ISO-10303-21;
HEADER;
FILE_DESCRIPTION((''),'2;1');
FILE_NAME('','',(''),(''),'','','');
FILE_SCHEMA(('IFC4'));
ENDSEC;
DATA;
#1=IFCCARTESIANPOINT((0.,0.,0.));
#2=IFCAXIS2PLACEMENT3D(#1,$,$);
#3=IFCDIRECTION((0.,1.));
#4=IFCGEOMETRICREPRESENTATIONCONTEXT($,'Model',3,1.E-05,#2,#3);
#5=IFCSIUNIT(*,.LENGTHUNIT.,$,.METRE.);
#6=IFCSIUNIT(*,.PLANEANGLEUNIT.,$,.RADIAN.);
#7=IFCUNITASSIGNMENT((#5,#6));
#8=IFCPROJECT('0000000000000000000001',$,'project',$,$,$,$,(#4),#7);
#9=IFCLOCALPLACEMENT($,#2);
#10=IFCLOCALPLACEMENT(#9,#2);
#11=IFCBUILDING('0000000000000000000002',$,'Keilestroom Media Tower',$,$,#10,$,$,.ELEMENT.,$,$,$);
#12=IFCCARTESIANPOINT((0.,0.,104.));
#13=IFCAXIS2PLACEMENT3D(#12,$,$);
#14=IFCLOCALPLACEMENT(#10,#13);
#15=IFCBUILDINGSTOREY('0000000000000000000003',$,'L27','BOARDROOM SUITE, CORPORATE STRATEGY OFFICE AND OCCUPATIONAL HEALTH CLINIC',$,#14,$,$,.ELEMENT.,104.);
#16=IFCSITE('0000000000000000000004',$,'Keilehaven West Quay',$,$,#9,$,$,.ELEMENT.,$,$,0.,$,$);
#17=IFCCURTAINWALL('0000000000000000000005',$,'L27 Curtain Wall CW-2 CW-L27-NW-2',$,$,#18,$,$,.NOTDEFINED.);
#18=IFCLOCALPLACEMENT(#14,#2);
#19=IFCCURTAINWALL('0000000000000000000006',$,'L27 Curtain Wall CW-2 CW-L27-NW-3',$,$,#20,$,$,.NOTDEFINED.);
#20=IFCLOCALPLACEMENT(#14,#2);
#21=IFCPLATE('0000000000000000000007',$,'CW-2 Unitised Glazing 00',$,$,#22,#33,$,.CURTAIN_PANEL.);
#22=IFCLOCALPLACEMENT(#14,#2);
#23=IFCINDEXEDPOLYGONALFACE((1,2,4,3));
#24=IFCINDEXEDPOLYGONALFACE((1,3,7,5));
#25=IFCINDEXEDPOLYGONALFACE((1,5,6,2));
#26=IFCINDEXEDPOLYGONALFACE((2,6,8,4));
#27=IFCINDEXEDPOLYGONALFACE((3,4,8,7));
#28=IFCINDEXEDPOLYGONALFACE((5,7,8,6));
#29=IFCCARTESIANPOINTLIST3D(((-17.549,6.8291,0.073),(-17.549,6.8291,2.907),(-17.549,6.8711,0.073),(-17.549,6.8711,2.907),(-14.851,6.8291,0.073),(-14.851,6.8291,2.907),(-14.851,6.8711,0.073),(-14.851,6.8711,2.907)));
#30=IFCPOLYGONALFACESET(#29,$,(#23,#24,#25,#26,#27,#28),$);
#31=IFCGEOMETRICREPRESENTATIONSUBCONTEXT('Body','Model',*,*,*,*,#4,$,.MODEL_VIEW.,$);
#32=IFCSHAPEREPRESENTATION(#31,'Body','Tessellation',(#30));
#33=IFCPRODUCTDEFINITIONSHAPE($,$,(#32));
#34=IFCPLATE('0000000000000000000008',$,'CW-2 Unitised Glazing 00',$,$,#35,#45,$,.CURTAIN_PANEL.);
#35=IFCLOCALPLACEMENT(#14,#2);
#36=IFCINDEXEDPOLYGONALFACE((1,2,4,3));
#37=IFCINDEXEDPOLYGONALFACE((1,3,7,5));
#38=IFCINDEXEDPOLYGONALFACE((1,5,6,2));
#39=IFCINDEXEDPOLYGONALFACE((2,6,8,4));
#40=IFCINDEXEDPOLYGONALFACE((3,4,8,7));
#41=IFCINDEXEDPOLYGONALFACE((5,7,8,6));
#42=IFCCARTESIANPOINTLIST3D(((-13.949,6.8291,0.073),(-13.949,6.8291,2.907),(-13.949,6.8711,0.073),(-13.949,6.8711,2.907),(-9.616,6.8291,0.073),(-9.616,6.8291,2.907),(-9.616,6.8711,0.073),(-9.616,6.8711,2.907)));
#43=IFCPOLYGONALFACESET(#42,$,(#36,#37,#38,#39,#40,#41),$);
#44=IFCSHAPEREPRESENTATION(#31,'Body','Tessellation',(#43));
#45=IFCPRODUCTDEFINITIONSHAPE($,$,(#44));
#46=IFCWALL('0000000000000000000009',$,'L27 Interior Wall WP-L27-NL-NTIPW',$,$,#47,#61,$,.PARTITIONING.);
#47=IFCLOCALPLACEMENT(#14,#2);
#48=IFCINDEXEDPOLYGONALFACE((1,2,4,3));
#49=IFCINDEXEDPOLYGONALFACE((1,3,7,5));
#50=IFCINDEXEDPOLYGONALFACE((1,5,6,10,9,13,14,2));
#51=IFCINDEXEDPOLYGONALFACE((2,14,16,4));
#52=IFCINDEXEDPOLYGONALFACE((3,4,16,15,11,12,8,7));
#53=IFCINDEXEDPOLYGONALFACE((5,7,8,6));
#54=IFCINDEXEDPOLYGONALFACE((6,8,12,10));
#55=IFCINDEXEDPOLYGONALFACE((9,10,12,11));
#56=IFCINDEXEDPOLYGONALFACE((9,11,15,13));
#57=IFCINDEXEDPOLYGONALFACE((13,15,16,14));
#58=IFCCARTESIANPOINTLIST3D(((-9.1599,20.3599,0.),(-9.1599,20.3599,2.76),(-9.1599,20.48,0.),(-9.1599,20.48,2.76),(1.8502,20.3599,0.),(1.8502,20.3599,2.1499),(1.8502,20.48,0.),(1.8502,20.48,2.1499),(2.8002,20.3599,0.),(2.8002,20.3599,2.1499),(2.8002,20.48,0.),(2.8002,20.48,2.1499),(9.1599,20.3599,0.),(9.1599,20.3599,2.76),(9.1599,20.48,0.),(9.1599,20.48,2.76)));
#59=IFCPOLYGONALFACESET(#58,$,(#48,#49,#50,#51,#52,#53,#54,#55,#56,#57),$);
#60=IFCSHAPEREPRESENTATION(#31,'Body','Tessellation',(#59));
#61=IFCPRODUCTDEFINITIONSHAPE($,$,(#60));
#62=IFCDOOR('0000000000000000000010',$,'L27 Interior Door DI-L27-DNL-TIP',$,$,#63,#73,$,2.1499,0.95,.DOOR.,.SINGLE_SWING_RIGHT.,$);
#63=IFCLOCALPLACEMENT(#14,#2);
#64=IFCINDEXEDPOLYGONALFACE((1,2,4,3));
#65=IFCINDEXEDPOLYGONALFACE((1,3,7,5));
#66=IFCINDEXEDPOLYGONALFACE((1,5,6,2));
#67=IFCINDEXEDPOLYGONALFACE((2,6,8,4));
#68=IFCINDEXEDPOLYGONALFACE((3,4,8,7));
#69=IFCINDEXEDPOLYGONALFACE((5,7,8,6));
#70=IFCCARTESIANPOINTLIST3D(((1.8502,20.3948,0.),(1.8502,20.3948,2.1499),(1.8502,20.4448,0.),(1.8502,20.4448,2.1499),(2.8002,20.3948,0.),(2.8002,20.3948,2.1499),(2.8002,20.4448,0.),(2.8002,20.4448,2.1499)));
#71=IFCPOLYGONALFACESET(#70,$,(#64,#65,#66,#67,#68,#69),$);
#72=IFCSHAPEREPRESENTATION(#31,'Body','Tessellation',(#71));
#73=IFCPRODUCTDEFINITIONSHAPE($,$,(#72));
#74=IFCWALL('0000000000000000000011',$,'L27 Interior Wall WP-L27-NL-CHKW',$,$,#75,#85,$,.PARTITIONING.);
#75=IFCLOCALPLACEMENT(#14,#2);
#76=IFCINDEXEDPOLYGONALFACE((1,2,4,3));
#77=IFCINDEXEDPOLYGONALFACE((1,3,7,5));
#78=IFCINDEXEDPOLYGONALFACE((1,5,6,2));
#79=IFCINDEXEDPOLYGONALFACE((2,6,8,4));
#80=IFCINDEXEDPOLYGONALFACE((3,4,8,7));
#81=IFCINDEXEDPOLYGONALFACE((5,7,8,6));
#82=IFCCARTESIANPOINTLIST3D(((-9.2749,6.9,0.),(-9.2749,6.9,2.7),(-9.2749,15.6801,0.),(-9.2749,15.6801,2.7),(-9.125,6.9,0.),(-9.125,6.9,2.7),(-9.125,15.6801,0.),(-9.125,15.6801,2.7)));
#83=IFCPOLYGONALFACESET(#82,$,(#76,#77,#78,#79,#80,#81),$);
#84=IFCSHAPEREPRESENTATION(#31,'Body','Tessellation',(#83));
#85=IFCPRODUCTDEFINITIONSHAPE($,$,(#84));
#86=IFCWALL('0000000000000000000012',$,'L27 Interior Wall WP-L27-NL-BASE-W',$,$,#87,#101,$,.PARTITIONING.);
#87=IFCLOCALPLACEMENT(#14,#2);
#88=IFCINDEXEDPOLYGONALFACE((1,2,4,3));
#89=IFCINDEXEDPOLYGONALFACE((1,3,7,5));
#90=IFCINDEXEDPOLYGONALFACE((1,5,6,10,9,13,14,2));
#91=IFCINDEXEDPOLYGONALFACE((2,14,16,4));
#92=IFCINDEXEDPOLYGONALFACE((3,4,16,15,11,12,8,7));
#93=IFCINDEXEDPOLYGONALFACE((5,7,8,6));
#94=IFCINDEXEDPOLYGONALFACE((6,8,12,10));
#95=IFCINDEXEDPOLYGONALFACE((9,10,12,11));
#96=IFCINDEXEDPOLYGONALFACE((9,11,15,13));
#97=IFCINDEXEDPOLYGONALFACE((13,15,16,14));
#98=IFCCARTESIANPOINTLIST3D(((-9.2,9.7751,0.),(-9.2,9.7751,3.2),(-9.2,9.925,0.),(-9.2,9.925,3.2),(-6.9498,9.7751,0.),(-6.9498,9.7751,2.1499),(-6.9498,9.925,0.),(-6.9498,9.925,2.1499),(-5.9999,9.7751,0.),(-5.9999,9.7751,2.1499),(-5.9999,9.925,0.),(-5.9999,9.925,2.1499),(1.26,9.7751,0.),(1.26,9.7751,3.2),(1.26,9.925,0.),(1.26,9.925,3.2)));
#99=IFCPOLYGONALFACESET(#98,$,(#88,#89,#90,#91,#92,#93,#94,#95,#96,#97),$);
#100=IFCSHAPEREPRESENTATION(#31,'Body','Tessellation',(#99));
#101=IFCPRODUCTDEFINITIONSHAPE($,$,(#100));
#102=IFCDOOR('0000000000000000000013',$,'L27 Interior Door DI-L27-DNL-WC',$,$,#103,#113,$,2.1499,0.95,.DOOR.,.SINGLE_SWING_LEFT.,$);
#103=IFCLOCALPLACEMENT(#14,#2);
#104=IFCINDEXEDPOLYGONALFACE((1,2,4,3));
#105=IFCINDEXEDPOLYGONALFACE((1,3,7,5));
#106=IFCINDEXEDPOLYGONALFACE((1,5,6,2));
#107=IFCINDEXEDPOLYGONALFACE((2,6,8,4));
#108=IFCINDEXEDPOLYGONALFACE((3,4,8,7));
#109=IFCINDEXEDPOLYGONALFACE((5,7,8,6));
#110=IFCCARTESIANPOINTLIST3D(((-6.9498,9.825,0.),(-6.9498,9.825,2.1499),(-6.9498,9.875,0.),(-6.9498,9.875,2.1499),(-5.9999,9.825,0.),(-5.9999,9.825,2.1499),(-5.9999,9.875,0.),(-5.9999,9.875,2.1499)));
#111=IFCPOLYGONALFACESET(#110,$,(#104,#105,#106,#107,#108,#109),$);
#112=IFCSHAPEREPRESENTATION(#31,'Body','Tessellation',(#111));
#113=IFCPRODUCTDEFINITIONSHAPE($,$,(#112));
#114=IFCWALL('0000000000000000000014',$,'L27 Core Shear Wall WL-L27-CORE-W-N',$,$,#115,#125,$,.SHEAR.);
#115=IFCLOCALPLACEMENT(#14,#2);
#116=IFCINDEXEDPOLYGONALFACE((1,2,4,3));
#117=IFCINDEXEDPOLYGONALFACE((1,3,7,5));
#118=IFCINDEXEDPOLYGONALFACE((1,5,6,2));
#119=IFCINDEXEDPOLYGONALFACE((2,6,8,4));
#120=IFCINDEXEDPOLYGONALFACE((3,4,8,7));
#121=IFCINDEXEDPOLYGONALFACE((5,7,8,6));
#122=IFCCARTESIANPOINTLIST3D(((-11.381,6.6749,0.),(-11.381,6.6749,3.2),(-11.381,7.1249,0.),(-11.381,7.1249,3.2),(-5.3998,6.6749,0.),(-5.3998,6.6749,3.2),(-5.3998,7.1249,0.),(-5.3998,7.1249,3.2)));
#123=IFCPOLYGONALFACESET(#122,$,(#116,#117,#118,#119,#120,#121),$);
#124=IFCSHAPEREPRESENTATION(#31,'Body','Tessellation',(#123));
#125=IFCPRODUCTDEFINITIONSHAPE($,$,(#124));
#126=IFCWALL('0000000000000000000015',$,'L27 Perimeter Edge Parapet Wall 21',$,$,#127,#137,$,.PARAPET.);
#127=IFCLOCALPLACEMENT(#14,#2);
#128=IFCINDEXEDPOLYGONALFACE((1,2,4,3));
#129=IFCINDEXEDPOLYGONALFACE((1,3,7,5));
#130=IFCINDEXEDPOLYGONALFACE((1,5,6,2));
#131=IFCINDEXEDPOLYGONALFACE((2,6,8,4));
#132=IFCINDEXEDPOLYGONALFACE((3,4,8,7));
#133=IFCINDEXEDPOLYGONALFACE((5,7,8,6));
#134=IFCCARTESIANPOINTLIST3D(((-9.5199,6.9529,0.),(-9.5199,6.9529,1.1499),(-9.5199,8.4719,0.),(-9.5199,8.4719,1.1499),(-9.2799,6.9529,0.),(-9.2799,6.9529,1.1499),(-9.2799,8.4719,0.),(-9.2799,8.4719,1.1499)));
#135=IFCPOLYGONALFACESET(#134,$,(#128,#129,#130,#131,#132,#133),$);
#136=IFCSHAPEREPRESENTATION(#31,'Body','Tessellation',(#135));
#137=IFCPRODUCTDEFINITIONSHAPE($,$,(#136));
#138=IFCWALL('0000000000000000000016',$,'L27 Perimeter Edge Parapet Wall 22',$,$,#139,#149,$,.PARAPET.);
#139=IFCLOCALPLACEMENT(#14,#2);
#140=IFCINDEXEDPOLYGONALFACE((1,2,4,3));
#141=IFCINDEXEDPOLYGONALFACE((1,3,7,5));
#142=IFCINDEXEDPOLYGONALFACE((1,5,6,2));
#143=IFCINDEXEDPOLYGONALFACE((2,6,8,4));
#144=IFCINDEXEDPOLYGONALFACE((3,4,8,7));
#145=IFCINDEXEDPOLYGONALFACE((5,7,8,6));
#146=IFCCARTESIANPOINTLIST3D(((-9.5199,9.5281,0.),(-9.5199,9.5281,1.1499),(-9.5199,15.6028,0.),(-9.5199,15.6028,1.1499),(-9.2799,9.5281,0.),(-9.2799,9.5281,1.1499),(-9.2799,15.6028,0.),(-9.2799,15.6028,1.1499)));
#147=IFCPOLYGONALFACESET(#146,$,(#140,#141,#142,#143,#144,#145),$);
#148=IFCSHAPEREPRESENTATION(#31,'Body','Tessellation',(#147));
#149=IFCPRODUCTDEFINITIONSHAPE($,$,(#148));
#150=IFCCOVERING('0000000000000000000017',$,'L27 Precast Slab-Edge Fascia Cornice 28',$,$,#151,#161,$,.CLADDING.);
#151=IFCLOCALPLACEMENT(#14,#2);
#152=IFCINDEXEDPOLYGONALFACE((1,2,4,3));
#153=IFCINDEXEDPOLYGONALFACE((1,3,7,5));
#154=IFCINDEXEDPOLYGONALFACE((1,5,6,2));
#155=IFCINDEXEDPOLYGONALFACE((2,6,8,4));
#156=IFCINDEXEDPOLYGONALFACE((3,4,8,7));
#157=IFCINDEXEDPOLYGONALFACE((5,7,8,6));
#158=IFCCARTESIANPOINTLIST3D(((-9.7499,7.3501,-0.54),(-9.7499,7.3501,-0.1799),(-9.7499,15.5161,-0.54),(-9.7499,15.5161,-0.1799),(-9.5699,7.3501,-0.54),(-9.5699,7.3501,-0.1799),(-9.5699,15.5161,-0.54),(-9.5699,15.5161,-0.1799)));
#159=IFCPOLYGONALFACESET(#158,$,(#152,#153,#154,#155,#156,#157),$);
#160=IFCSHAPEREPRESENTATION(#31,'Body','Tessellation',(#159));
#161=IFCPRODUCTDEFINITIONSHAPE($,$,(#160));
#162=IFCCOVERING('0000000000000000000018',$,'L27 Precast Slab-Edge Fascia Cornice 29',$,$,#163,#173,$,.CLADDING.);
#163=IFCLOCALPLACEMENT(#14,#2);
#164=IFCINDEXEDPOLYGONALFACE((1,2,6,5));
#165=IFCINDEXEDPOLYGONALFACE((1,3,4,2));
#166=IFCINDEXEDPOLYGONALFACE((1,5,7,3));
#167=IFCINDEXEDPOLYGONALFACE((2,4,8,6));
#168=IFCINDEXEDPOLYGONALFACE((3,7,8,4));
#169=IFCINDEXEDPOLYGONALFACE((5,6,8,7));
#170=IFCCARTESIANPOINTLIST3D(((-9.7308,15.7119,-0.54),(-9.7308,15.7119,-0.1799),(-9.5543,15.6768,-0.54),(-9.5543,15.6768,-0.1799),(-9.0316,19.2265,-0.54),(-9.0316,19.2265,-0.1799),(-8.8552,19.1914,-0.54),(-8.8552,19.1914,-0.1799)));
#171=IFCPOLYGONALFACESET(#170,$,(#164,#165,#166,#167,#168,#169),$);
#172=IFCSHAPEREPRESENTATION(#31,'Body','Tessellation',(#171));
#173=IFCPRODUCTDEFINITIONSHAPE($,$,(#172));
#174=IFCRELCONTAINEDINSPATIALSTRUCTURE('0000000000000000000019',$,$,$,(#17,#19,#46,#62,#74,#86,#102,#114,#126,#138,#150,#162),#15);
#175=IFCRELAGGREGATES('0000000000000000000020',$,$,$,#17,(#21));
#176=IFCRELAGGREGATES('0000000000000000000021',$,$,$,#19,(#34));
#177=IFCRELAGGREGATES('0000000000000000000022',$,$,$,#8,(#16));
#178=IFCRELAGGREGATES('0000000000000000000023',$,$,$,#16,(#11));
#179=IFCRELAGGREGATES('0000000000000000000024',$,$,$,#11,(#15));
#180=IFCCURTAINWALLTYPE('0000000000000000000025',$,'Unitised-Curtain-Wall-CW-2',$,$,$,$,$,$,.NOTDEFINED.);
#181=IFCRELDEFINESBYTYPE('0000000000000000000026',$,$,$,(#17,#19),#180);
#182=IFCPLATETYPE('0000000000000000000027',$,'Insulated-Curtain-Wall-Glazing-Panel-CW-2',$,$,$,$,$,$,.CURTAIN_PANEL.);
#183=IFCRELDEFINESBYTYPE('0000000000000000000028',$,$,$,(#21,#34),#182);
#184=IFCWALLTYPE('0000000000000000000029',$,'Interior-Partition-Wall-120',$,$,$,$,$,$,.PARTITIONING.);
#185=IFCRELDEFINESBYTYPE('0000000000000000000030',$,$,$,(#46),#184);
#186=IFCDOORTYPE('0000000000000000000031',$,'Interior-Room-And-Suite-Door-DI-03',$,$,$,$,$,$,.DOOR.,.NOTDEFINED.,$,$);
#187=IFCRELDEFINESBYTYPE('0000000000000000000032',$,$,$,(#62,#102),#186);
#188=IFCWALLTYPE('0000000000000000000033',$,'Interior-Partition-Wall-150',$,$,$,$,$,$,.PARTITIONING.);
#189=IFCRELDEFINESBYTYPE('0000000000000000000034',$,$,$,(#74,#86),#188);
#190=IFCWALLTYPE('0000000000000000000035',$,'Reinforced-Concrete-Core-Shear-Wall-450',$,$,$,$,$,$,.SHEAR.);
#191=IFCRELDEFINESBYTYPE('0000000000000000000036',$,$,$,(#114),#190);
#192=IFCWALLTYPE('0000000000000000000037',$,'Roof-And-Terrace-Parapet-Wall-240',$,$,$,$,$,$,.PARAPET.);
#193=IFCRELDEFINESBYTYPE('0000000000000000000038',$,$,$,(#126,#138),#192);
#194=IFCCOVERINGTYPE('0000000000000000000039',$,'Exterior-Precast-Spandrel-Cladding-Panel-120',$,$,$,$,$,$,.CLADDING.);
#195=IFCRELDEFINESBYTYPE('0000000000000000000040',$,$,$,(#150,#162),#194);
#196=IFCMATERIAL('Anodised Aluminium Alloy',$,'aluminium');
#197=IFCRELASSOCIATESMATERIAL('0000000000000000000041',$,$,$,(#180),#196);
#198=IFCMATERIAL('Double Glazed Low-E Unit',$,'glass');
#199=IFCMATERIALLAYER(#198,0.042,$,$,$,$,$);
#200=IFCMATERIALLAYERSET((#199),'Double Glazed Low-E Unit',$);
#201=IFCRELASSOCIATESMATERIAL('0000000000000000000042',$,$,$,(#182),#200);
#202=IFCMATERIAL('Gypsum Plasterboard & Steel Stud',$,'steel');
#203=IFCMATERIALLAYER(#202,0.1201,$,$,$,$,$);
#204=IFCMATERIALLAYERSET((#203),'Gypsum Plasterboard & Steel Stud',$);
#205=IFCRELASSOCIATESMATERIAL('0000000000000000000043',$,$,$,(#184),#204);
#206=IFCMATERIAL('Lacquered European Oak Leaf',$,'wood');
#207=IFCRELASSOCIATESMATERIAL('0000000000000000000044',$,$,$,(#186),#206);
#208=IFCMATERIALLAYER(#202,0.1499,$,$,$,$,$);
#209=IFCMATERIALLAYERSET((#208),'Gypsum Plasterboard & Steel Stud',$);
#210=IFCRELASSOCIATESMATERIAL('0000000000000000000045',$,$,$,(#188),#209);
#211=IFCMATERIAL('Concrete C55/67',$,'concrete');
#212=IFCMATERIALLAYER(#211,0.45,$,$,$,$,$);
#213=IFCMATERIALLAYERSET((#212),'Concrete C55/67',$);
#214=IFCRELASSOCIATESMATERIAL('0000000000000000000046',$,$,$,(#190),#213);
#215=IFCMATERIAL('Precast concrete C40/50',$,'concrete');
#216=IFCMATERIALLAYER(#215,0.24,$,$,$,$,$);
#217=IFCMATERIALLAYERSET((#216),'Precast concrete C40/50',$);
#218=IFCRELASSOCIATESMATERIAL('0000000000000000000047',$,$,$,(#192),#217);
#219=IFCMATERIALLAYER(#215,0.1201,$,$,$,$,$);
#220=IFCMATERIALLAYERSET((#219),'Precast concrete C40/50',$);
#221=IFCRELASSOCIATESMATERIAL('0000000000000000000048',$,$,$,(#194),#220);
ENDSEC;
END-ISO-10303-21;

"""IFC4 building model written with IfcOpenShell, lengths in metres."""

from ifc_helpers import new_model, si_unit, direction, frame, frame_2d, origin, origin_2d, place, context, subcontext, project, spatial, rectangle, extrude, source, transform, mapped, material, layer, layer_set, type_object, element, fill, aggregate, save


model = new_model("IFC4")

# Units and contexts
model_context = context("Model", 3, precision=1e-05, world=origin(), true_north=direction((0.0, 1.0)))
body_context = subcontext(model_context, "Body", "Model", "MODEL_VIEW")
ifc_project = project(units=[si_unit("LENGTHUNIT", "METRE"), si_unit("PLANEANGLEUNIT", "RADIAN")], contexts=[model_context])

# Site, building, storey
site_placement = place(None, origin())
site = spatial("IfcSite", under=ifc_project, at=site_placement, Name="Keilehaven West Quay", CompositionType="ELEMENT", RefElevation=0.0)
building_placement = place(site_placement, origin())
building = spatial("IfcBuilding", under=site, at=building_placement, Name="Keilestroom Media Tower", CompositionType="ELEMENT")
storey_placement = place(building_placement, frame((0.0, 0.0, 104.0)))
storey = spatial("IfcBuildingStorey", under=building, at=storey_placement, Name="L27", Description="BOARDROOM SUITE, CORPORATE STRATEGY OFFICE AND OCCUPATIONAL HEALTH CLINIC", CompositionType="ELEMENT", Elevation=104.0)

# Shared definitions
ifc_material_1 = material(Name="Precast concrete C40/50", Category="concrete")
ifc_material_2 = material(Name="Concrete C55/67", Category="concrete")

# Shared definitions
ifc_material_3 = material(Name="Anodised Aluminium Alloy", Category="aluminium")
curtain_wall_type = type_object("IfcCurtainWallType", Name="Unitised-Curtain-Wall-CW-2", PredefinedType="NOTDEFINED", material=ifc_material_3)

# Curtain walls
curtain_wall_1_placement = place(storey_placement, origin())
curtain_wall_1 = element("IfcCurtainWall", 1, at=curtain_wall_1_placement, inside=storey, type_object=curtain_wall_type, Name="L27 Curtain Wall CW-2 CW-L27-NW-2", PredefinedType="NOTDEFINED")
curtain_wall_2_placement = place(storey_placement, origin())
curtain_wall_2 = element("IfcCurtainWall", 2, at=curtain_wall_2_placement, inside=storey, type_object=curtain_wall_type, Name="L27 Curtain Wall CW-2 CW-L27-NW-3", PredefinedType="NOTDEFINED")

# Plates
ifc_material_4 = material(Name="Double Glazed Low-E Unit", Category="glass")
ifc_layer_1 = layer(ifc_material_4, 0.042)
ifc_layer_set_1 = layer_set([ifc_layer_1], Name="Double Glazed Low-E Unit")
plate_type = type_object("IfcPlateType", Name="Insulated-Curtain-Wall-Glazing-Panel-CW-2", PredefinedType="CURTAIN_PANEL", material=ifc_layer_set_1)
shared_shape_1 = source(origin(), body_context, "Body", "SweptSolid", [
    extrude(rectangle(XDim=2.698, YDim=0.042, at=origin_2d()), origin(), (0.0, 0.0, 1.0), 2.834),
])
plate_1_placement = place(storey_placement, frame((-16.2, 6.8501, 0.073), z_axis=(0.0, 0.0, 1.0), x_axis=(1.0, 0.0, 0.0)))
plate_1 = element("IfcPlate", 3, at=plate_1_placement, type_object=plate_type, Name="CW-2 Unitised Glazing 00", PredefinedType="CURTAIN_PANEL", context=body_context, shape_type="MappedRepresentation", body=[
    mapped(shared_shape_1, transform((0.0, 0.0, 0.0), x_axis=(1.0, 0.0, 0.0), y_axis=(0.0, 1.0, 0.0), z_axis=(0.0, 0.0, 1.0), scale=1.0)),
])
aggregate(curtain_wall_1, [plate_1])
shared_shape_2 = source(origin(), body_context, "Body", "SweptSolid", [
    extrude(rectangle(XDim=4.333, YDim=0.042, at=origin_2d()), origin(), (0.0, 0.0, 1.0), 2.834),
])
plate_2_placement = place(storey_placement, frame((-11.7825, 6.8501, 0.073), z_axis=(0.0, 0.0, 1.0), x_axis=(1.0, 0.0, 0.0)))
plate_2 = element("IfcPlate", 4, at=plate_2_placement, type_object=plate_type, Name="CW-2 Unitised Glazing 00", PredefinedType="CURTAIN_PANEL", context=body_context, shape_type="MappedRepresentation", body=[
    mapped(shared_shape_2, transform((0.0, 0.0, 0.0), x_axis=(1.0, 0.0, 0.0), y_axis=(0.0, 1.0, 0.0), z_axis=(0.0, 0.0, 1.0), scale=1.0)),
])
aggregate(curtain_wall_2, [plate_2])

# Wall, opening, door
ifc_material_5 = material(Name="Gypsum Plasterboard & Steel Stud", Category="steel")
ifc_layer_2 = layer(ifc_material_5, 0.1201)
ifc_layer_set_2 = layer_set([ifc_layer_2], Name="Gypsum Plasterboard & Steel Stud")
wall_type_1 = type_object("IfcWallType", Name="Interior-Partition-Wall-120", PredefinedType="PARTITIONING", material=ifc_layer_set_2)
wall_1_placement = place(storey_placement, frame((-9.1599, 20.4199, 0.0), z_axis=(0.0, 0.0, 1.0), x_axis=(1.0, 0.0, 0.0)))
wall_1 = element("IfcWall", 5, at=wall_1_placement, inside=storey, type_object=wall_type_1, Name="L27 Interior Wall WP-L27-NL-NTIPW", PredefinedType="PARTITIONING", context=body_context, shape_type="SweptSolid", body=[
    extrude(rectangle(XDim=18.3198, YDim=0.1201, at=frame_2d((9.1599, 0.0))), origin(), (0.0, 0.0, 1.0), 2.76),
])
opening_1_placement = place(wall_1_placement, frame((11.01, 0.0, 0.0)))
opening_1 = element("IfcOpeningElement", 6, at=opening_1_placement, cuts=wall_1, PredefinedType="OPENING", context=body_context, shape_type="SweptSolid", body=[
    extrude(rectangle(XDim=0.95, YDim=2.1499, at=frame_2d((0.4751, 1.075))), frame((0.0, 0.0701, 0.0), z_axis=(0.0, -1.0, 0.0), x_axis=(1.0, 0.0, 0.0)), (0.0, 0.0, 1.0), 0.1401),
])
ifc_material_6 = material(Name="Lacquered European Oak Leaf", Category="wood")
door_type = type_object("IfcDoorType", Name="Interior-Room-And-Suite-Door-DI-03", OperationType="NOTDEFINED", PredefinedType="DOOR", material=ifc_material_6)
shared_shape_3 = source(origin(), body_context, "Body", "SweptSolid", [
    extrude(rectangle(XDim=0.95, YDim=2.1499, at=frame_2d((0.4751, 1.075))), frame((0.0, 0.0249, 0.0), z_axis=(0.0, -1.0, 0.0), x_axis=(1.0, 0.0, 0.0)), (0.0, 0.0, 1.0), 0.05),
])
door_1_placement = place(opening_1_placement, origin())
door_1 = element("IfcDoor", 7, at=door_1_placement, inside=storey, type_object=door_type, Name="L27 Interior Door DI-L27-DNL-TIP", OperationType="SINGLE_SWING_RIGHT", OverallHeight=2.1499, OverallWidth=0.95, PredefinedType="DOOR", context=body_context, shape_type="MappedRepresentation", body=[
    mapped(shared_shape_3, transform((0.0, 0.0, 0.0), x_axis=(1.0, 0.0, 0.0), y_axis=(0.0, 1.0, 0.0), z_axis=(0.0, 0.0, 1.0), scale=1.0)),
])
fill(opening_1, door_1)

# Wall
ifc_layer_3 = layer(ifc_material_5, 0.1499)
ifc_layer_set_3 = layer_set([ifc_layer_3], Name="Gypsum Plasterboard & Steel Stud")
wall_type_2 = type_object("IfcWallType", Name="Interior-Partition-Wall-150", PredefinedType="PARTITIONING", material=ifc_layer_set_3)
wall_2_placement = place(storey_placement, frame((-9.2, 6.8999, 0.0), z_axis=(0.0, 0.0, 1.0), x_axis=(0.0, 1.0, 0.0)))
element("IfcWall", 8, at=wall_2_placement, inside=storey, type_object=wall_type_2, Name="L27 Interior Wall WP-L27-NL-CHKW", PredefinedType="PARTITIONING", context=body_context, shape_type="SweptSolid", body=[
    extrude(rectangle(XDim=8.78, YDim=0.1499, at=frame_2d((4.3901, 0.0))), origin(), (0.0, 0.0, 1.0), 2.7),
])

# Wall, opening, door
wall_3_placement = place(storey_placement, frame((-9.2, 9.8501, 0.0), z_axis=(0.0, 0.0, 1.0), x_axis=(1.0, 0.0, 0.0)))
wall_3 = element("IfcWall", 9, at=wall_3_placement, inside=storey, type_object=wall_type_2, Name="L27 Interior Wall WP-L27-NL-BASE-W", PredefinedType="PARTITIONING", context=body_context, shape_type="SweptSolid", body=[
    extrude(rectangle(XDim=10.46, YDim=0.1499, at=frame_2d((5.23, 0.0))), origin(), (0.0, 0.0, 1.0), 3.2),
])
opening_2_placement = place(wall_3_placement, frame((2.25, 0.0, 0.0)))
opening_2 = element("IfcOpeningElement", 10, at=opening_2_placement, cuts=wall_3, PredefinedType="OPENING", context=body_context, shape_type="SweptSolid", body=[
    extrude(rectangle(XDim=0.95, YDim=2.1499, at=frame_2d((0.4751, 1.075))), frame((0.0, 0.085, 0.0), z_axis=(0.0, -1.0, 0.0), x_axis=(1.0, 0.0, 0.0)), (0.0, 0.0, 1.0), 0.1699),
])
door_2_placement = place(opening_2_placement, origin())
door_2 = element("IfcDoor", 11, at=door_2_placement, inside=storey, type_object=door_type, Name="L27 Interior Door DI-L27-DNL-WC", OperationType="SINGLE_SWING_LEFT", OverallHeight=2.1499, OverallWidth=0.95, PredefinedType="DOOR", context=body_context, shape_type="MappedRepresentation", body=[
    mapped(shared_shape_3, transform((0.0, 0.0, 0.0), x_axis=(1.0, 0.0, 0.0), y_axis=(0.0, 1.0, 0.0), z_axis=(0.0, 0.0, 1.0), scale=1.0)),
])
fill(opening_2, door_2)

# Walls
ifc_layer_4 = layer(ifc_material_2, 0.45)
ifc_layer_set_4 = layer_set([ifc_layer_4], Name="Concrete C55/67")
wall_type_3 = type_object("IfcWallType", Name="Reinforced-Concrete-Core-Shear-Wall-450", PredefinedType="SHEAR", material=ifc_layer_set_4)
wall_4_placement = place(storey_placement, frame((-11.3811, 6.8999, 0.0), z_axis=(0.0, 0.0, 1.0), x_axis=(1.0, 0.0, 0.0)))
element("IfcWall", 12, at=wall_4_placement, inside=storey, type_object=wall_type_3, Name="L27 Core Shear Wall WL-L27-CORE-W-N", PredefinedType="SHEAR", context=body_context, shape_type="SweptSolid", body=[
    extrude(rectangle(XDim=5.9812, YDim=0.45, at=frame_2d((2.9907, 0.0))), origin(), (0.0, 0.0, 1.0), 3.2),
])
ifc_layer_5 = layer(ifc_material_1, 0.24)
ifc_layer_set_5 = layer_set([ifc_layer_5], Name="Precast concrete C40/50")
wall_type_4 = type_object("IfcWallType", Name="Roof-And-Terrace-Parapet-Wall-240", PredefinedType="PARAPET", material=ifc_layer_set_5)
wall_5_placement = place(storey_placement, frame((-9.3999, 6.9529, 0.0), z_axis=(0.0, 0.0, 1.0), x_axis=(0.0, 1.0, 0.0)))
element("IfcWall", 13, at=wall_5_placement, inside=storey, type_object=wall_type_4, Name="L27 Perimeter Edge Parapet Wall 21", PredefinedType="PARAPET", context=body_context, shape_type="SweptSolid", body=[
    extrude(rectangle(XDim=1.519, YDim=0.24, at=frame_2d((0.7595, 0.0))), origin(), (0.0, 0.0, 1.0), 1.1499),
])
wall_6_placement = place(storey_placement, frame((-9.3999, 9.5281, 0.0), z_axis=(0.0, 0.0, 1.0), x_axis=(0.0, 1.0, 0.0)))
element("IfcWall", 14, at=wall_6_placement, inside=storey, type_object=wall_type_4, Name="L27 Perimeter Edge Parapet Wall 22", PredefinedType="PARAPET", context=body_context, shape_type="SweptSolid", body=[
    extrude(rectangle(XDim=6.0747, YDim=0.24, at=frame_2d((3.0374, 0.0))), origin(), (0.0, 0.0, 1.0), 1.1499),
])

# Coverings
ifc_layer_6 = layer(ifc_material_1, 0.1201)
ifc_layer_set_6 = layer_set([ifc_layer_6], Name="Precast concrete C40/50")
covering_type = type_object("IfcCoveringType", Name="Exterior-Precast-Spandrel-Cladding-Panel-120", PredefinedType="CLADDING", material=ifc_layer_set_6)
shared_shape_4 = source(origin(), body_context, "Body", "SweptSolid", [
    extrude(rectangle(XDim=8.166, YDim=0.1799, at=origin_2d()), origin(), (0.0, 0.0, 1.0), 0.3601),
])
covering_1_placement = place(storey_placement, frame((-9.6599, 11.4331, -0.54), z_axis=(0.0, 0.0, 1.0), x_axis=(0.0, 1.0, 0.0)))
element("IfcCovering", 15, at=covering_1_placement, inside=storey, type_object=covering_type, Name="L27 Precast Slab-Edge Fascia Cornice 28", PredefinedType="CLADDING", context=body_context, shape_type="MappedRepresentation", body=[
    mapped(shared_shape_4, transform((0.0, 0.0, 0.0), x_axis=(1.0, 0.0, 0.0), y_axis=(0.0, 1.0, 0.0), z_axis=(0.0, 0.0, 1.0), scale=1.0)),
])
shared_shape_5 = source(origin(), body_context, "Body", "SweptSolid", [
    extrude(rectangle(XDim=3.5835, YDim=0.1799, at=origin_2d()), origin(), (0.0, 0.0, 1.0), 0.3601),
])
covering_2_placement = place(storey_placement, frame((-9.293, 17.4517, -0.54), z_axis=(0.0, 0.0, 1.0), x_axis=(0.195099, 0.980784, 0.0)))
element("IfcCovering", 16, at=covering_2_placement, inside=storey, type_object=covering_type, Name="L27 Precast Slab-Edge Fascia Cornice 29", PredefinedType="CLADDING", context=body_context, shape_type="MappedRepresentation", body=[
    mapped(shared_shape_5, transform((0.0, 0.0, 0.0), x_axis=(1.0, 0.0, 0.0), y_axis=(0.0, 1.0, 0.0), z_axis=(0.0, 0.0, 1.0), scale=1.0)),
])

save(model, "model.ifc")
